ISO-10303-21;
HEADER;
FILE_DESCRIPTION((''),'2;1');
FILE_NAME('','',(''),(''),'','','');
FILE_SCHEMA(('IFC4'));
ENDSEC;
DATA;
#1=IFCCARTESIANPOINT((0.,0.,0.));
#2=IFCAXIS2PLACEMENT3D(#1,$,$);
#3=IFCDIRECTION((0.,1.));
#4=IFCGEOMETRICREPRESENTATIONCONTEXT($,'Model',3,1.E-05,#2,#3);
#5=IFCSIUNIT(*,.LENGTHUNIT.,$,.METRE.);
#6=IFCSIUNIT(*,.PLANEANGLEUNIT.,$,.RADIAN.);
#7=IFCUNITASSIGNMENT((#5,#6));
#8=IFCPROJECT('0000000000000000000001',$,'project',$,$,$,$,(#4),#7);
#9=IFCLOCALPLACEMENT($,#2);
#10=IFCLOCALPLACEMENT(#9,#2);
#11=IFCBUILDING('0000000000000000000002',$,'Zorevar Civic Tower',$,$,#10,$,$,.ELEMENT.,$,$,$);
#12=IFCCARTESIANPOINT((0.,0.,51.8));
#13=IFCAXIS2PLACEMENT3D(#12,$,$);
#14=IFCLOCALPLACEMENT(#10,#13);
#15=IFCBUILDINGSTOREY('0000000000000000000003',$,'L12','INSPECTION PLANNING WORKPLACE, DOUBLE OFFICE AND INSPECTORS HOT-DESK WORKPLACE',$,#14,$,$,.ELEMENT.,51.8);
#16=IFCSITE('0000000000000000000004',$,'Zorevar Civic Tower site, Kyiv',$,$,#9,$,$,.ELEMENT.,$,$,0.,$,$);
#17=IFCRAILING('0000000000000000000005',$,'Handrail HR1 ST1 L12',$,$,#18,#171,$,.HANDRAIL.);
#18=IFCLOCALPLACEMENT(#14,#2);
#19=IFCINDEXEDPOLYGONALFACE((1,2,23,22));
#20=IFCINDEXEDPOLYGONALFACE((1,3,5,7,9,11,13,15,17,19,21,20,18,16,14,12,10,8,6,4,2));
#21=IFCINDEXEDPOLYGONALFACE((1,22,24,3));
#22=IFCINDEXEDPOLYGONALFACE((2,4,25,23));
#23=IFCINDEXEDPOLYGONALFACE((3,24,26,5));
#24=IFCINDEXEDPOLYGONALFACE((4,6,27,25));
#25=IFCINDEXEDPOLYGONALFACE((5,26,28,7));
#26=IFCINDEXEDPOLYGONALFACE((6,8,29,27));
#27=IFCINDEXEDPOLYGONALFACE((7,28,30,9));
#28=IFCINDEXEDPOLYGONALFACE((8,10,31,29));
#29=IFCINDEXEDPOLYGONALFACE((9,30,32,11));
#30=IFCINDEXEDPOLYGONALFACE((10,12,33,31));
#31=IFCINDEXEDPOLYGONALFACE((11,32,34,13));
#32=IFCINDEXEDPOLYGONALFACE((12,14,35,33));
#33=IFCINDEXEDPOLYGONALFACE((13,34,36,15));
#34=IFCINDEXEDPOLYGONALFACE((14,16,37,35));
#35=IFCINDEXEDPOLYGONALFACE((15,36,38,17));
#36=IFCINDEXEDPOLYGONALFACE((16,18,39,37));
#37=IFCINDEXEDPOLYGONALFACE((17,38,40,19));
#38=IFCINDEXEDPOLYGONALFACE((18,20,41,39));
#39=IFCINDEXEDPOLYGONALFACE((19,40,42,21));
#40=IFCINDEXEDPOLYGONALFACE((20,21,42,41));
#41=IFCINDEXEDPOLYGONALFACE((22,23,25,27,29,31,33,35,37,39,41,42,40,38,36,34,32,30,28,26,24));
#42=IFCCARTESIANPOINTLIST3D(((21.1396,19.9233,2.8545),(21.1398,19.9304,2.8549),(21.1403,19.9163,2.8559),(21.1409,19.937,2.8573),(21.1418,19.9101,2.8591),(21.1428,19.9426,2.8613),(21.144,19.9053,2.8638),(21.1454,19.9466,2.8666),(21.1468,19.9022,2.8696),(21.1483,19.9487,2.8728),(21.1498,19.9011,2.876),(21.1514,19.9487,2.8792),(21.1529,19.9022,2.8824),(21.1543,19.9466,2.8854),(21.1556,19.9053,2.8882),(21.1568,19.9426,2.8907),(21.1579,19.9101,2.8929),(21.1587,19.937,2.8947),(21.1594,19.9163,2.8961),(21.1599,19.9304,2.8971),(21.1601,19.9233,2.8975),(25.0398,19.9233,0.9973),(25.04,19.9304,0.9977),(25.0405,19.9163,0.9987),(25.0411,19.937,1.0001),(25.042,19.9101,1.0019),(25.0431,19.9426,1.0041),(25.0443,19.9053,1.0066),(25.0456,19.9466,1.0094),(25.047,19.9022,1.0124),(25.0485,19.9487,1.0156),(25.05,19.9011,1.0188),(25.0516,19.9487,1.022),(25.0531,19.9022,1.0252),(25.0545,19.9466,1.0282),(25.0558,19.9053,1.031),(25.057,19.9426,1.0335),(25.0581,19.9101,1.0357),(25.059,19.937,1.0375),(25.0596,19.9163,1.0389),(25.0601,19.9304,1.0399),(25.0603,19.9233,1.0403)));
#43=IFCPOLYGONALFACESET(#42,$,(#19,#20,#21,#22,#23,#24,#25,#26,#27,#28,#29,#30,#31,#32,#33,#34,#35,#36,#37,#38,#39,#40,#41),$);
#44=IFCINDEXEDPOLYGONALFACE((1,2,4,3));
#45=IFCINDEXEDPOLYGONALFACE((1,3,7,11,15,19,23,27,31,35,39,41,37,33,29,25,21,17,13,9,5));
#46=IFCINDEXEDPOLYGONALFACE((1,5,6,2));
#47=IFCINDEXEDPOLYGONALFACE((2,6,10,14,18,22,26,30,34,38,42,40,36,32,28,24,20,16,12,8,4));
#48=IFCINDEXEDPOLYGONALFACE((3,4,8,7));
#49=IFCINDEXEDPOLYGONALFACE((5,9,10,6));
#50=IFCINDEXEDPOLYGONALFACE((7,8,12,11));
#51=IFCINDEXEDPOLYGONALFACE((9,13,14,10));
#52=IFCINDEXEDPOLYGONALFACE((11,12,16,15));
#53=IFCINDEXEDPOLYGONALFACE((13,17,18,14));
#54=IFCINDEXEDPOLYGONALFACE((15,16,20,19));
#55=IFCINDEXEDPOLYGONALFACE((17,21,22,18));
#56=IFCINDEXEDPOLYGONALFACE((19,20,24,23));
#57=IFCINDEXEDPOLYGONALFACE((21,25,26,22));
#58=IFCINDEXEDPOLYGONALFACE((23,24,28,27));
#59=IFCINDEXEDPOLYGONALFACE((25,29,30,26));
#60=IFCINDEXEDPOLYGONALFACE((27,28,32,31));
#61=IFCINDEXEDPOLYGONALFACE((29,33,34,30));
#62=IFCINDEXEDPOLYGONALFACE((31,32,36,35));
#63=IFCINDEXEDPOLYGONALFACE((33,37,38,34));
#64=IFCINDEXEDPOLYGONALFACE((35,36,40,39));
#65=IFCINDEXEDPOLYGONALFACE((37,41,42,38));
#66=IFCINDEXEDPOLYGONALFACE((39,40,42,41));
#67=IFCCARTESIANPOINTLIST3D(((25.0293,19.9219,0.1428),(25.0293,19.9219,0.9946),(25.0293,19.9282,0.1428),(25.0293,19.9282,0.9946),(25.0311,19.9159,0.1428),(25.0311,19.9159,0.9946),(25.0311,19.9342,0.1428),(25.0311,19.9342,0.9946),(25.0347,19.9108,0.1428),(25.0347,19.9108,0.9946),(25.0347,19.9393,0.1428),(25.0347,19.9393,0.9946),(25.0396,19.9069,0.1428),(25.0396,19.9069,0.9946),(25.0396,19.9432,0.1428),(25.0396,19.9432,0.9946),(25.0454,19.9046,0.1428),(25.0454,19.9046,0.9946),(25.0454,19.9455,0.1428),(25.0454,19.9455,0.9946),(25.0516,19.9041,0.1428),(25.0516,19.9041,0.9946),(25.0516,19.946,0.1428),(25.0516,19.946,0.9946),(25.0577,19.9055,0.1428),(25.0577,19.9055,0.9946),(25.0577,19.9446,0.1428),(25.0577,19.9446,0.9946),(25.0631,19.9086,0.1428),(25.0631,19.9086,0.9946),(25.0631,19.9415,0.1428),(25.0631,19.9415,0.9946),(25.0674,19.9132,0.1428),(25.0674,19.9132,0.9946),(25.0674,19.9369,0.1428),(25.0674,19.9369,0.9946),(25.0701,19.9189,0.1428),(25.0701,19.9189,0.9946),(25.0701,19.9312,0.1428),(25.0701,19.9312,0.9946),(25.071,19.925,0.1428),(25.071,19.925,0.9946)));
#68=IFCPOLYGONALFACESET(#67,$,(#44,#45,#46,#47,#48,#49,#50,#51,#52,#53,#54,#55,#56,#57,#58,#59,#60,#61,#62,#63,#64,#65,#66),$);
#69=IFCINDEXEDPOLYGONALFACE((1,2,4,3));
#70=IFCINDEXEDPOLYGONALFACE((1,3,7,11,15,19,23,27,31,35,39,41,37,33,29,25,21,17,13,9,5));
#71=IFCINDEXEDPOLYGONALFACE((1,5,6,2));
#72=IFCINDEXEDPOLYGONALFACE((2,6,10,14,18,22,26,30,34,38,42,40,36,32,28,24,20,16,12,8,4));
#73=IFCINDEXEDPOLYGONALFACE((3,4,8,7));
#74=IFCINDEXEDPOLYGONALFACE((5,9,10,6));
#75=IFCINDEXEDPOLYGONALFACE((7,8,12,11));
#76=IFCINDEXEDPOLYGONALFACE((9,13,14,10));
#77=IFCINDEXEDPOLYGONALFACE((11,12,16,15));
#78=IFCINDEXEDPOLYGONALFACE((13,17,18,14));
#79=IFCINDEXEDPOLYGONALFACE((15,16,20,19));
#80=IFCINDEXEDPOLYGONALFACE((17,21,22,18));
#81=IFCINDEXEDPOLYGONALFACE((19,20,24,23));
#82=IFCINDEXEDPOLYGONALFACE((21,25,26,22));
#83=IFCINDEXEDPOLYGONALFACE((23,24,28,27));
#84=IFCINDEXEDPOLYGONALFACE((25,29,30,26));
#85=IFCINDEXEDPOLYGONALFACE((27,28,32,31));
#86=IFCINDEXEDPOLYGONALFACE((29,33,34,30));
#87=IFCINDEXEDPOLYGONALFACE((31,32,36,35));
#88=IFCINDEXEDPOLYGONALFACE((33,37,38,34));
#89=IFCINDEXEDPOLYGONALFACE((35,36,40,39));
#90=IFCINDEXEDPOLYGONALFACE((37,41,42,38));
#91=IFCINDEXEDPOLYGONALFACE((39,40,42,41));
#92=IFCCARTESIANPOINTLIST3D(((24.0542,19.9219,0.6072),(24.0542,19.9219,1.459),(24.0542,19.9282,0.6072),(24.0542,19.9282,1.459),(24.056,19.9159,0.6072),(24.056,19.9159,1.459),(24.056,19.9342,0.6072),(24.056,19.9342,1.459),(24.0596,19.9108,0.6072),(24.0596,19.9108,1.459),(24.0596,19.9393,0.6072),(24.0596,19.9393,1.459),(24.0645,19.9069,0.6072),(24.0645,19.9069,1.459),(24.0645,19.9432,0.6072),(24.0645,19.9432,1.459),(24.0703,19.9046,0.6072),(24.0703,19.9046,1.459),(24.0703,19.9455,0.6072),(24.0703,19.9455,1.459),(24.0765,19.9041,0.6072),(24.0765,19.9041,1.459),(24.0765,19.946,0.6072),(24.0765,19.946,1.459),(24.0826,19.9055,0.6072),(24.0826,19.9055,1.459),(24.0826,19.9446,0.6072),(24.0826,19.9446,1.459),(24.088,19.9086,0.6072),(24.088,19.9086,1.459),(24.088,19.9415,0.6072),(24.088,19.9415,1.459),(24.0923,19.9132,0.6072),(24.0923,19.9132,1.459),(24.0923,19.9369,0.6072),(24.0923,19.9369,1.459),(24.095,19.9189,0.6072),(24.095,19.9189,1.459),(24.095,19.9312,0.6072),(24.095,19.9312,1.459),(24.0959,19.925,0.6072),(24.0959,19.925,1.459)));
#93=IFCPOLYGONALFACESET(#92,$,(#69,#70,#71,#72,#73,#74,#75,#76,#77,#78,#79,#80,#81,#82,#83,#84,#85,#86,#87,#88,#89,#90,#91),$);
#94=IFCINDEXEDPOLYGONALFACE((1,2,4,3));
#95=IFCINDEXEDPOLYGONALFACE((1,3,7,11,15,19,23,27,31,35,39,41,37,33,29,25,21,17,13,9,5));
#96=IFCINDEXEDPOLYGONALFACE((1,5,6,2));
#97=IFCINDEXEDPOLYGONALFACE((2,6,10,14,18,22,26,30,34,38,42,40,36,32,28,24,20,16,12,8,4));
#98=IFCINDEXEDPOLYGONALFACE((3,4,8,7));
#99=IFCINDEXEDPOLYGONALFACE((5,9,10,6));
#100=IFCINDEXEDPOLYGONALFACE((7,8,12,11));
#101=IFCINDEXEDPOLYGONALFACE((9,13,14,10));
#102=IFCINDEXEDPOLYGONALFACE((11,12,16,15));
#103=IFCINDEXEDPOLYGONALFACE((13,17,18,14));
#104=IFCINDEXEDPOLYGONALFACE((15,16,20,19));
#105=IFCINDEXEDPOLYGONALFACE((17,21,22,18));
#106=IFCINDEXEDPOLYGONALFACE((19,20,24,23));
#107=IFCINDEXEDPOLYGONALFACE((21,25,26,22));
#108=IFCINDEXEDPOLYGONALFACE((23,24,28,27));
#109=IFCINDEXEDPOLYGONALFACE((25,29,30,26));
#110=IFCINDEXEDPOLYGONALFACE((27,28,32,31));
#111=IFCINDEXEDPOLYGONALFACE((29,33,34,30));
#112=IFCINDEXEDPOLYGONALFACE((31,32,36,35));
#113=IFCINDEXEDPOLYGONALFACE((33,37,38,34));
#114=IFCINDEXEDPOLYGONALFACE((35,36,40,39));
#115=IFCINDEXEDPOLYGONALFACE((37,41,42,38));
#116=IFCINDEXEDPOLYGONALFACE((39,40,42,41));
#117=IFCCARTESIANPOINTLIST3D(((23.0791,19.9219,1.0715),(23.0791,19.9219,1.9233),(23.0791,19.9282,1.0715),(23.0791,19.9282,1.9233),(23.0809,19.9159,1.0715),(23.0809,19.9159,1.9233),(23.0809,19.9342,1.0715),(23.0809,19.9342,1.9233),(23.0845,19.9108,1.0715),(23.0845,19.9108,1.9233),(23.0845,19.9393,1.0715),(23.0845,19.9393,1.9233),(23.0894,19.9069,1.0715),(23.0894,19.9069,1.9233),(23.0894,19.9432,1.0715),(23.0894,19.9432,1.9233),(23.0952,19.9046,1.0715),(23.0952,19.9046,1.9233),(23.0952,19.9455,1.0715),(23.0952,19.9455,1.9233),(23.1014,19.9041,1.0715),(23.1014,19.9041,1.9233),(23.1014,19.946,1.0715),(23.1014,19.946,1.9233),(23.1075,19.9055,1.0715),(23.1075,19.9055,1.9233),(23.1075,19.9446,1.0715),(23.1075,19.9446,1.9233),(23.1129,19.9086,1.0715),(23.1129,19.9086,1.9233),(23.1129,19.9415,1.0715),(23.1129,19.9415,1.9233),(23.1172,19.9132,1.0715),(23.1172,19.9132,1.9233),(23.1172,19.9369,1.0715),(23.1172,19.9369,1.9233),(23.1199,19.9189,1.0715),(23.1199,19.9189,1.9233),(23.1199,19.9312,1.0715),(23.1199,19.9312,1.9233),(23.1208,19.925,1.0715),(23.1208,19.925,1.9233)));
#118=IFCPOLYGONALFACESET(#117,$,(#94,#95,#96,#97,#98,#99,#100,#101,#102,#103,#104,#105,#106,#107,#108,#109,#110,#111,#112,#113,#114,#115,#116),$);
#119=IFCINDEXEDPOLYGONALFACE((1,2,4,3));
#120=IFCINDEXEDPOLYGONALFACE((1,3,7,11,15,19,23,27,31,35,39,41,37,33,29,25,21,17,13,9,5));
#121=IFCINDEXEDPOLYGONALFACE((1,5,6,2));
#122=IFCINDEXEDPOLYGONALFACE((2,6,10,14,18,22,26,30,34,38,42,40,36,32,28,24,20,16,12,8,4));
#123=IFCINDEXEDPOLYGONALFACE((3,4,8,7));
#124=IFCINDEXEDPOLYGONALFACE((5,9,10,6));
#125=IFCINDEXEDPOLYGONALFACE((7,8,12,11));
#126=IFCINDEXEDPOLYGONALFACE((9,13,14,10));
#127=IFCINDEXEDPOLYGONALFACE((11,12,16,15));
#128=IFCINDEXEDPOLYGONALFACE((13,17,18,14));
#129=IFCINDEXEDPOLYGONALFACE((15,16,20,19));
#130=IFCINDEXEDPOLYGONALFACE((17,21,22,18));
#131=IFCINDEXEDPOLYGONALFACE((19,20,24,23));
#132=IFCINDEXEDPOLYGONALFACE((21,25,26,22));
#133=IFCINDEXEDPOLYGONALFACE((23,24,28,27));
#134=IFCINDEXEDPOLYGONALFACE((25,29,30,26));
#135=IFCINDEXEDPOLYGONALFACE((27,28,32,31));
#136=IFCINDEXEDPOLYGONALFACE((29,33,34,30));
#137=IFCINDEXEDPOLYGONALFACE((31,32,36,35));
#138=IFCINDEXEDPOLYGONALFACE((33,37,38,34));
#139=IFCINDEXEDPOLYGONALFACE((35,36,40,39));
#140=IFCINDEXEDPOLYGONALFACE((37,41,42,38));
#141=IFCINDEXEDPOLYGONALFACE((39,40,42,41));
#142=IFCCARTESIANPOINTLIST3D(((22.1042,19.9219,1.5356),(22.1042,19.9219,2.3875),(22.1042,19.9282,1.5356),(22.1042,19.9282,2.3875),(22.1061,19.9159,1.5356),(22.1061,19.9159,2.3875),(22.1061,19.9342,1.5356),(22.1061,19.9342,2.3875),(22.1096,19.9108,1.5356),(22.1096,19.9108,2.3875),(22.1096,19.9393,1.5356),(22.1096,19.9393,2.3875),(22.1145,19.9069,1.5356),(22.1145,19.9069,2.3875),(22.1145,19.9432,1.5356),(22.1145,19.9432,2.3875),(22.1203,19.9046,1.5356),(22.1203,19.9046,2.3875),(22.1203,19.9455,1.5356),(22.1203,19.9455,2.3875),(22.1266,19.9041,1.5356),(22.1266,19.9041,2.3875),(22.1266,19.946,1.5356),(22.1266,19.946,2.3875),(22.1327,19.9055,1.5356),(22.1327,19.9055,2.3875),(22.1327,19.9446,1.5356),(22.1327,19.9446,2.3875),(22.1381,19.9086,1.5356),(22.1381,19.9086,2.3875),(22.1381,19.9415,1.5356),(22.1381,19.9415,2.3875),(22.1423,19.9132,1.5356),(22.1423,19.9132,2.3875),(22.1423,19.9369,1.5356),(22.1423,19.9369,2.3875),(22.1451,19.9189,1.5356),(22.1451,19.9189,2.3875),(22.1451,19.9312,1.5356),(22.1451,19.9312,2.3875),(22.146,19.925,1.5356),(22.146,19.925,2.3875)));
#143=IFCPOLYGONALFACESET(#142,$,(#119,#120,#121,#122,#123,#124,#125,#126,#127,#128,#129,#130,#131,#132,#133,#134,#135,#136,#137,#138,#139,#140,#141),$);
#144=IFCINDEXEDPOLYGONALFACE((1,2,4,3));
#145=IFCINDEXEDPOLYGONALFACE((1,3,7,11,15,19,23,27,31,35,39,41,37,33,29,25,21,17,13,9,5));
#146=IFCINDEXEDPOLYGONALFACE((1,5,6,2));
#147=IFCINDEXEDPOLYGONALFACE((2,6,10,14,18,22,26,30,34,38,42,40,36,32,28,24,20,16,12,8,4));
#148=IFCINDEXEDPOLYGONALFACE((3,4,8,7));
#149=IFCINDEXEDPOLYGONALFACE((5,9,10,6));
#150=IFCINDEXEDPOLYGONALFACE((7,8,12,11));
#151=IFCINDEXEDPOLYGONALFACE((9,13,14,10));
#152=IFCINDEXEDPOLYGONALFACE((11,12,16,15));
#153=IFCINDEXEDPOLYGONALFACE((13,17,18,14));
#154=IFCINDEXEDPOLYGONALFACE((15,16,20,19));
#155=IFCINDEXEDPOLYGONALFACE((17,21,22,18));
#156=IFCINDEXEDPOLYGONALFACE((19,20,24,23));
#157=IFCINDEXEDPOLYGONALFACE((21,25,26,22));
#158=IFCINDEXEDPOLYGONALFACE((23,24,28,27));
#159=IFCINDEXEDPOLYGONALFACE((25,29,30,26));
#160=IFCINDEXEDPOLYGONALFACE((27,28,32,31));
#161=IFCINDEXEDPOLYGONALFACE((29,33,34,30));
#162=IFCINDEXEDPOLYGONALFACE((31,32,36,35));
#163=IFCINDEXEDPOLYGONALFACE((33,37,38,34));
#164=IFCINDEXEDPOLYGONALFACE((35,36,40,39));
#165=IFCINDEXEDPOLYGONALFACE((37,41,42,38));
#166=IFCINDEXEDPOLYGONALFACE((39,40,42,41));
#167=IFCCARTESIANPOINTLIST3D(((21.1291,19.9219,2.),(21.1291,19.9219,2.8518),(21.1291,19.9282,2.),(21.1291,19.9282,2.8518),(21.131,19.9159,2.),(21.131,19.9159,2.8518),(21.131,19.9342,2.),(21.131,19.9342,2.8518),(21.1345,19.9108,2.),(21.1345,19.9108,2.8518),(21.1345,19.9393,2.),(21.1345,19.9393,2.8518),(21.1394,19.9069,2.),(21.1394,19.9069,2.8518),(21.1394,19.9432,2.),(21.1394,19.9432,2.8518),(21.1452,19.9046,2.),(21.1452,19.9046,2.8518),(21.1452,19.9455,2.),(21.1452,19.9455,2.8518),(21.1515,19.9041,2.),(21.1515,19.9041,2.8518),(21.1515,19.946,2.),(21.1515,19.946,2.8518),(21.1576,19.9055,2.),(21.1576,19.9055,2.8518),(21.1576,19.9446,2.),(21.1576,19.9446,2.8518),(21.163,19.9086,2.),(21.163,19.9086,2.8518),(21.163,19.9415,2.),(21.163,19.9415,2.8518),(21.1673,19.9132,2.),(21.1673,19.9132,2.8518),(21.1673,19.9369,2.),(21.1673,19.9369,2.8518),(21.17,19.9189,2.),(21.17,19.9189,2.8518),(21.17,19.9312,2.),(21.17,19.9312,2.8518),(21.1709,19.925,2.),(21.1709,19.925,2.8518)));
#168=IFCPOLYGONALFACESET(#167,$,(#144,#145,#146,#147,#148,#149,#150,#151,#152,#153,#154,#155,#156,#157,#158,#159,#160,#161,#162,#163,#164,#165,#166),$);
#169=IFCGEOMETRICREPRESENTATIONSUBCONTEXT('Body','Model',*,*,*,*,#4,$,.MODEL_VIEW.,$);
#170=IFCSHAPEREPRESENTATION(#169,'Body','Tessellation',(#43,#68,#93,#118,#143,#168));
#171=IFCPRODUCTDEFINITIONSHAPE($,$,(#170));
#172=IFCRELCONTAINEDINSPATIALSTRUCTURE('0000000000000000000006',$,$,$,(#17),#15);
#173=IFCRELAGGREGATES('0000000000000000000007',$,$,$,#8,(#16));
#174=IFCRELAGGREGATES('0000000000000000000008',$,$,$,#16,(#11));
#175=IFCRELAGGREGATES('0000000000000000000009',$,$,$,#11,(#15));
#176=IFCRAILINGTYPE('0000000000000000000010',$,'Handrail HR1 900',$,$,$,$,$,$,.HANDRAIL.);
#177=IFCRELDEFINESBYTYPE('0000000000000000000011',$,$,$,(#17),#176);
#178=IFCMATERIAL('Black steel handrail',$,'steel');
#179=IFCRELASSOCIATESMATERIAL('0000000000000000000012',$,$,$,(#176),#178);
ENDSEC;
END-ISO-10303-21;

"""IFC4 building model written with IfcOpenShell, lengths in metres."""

from ifc_helpers import new_model, si_unit, direction, frame, origin, origin_2d, place, context, subcontext, project, spatial, circle, extrude, material, type_object, element, save


model = new_model("IFC4")

# Units and contexts
model_context = context("Model", 3, precision=1e-05, world=origin(), true_north=direction((0.0, 1.0)))
body_context = subcontext(model_context, "Body", "Model", "MODEL_VIEW")
ifc_project = project(units=[si_unit("LENGTHUNIT", "METRE"), si_unit("PLANEANGLEUNIT", "RADIAN")], contexts=[model_context])

# Site, building, storey
site_placement = place(None, origin())
site = spatial("IfcSite", under=ifc_project, at=site_placement, Name="Zorevar Civic Tower site, Kyiv", CompositionType="ELEMENT", RefElevation=0.0)
building_placement = place(site_placement, origin())
building = spatial("IfcBuilding", under=site, at=building_placement, Name="Zorevar Civic Tower", CompositionType="ELEMENT")
storey_placement = place(building_placement, frame((0.0, 0.0, 51.8)))
storey = spatial("IfcBuildingStorey", under=building, at=storey_placement, Name="L12", Description="INSPECTION PLANNING WORKPLACE, DOUBLE OFFICE AND INSPECTORS HOT-DESK WORKPLACE", CompositionType="ELEMENT", Elevation=51.8)

# Railing
ifc_material_1 = material(Name="Black steel handrail", Category="steel")
railing_type = type_object("IfcRailingType", Name="Handrail HR1 900", PredefinedType="HANDRAIL", material=ifc_material_1)
railing_1_placement = place(storey_placement, frame((25.05, 19.925, 0.1428)))
element("IfcRailing", 1, at=railing_1_placement, inside=storey, type_object=railing_type, Name="Handrail HR1 ST1 L12", PredefinedType="HANDRAIL", context=body_context, shape_type="SweptSolid", body=[
    extrude(circle(Radius=0.0239, at=origin_2d()), frame((0.0, 0.0, 0.876), z_axis=(-0.902864, 0.0, 0.429927), x_axis=(0.0, -1.0, 0.0)), (0.0, 0.0, 1.0), 4.3198),
    extrude(circle(Radius=0.021, at=origin_2d()), origin(), (0.0, 0.0, 1.0), 0.8518),
    extrude(circle(Radius=0.021, at=origin_2d()), frame((-0.9751, 0.0, 0.4644)), (0.0, 0.0, 1.0), 0.8518),
    extrude(circle(Radius=0.021, at=origin_2d()), frame((-1.9502, 0.0, 0.9287)), (0.0, 0.0, 1.0), 0.8518),
    extrude(circle(Radius=0.021, at=origin_2d()), frame((-2.925, 0.0, 1.3928)), (0.0, 0.0, 1.0), 0.8518),
    extrude(circle(Radius=0.021, at=origin_2d()), frame((-3.9001, 0.0, 1.8572)), (0.0, 0.0, 1.0), 0.8518),
])

save(model, "model.ifc")
